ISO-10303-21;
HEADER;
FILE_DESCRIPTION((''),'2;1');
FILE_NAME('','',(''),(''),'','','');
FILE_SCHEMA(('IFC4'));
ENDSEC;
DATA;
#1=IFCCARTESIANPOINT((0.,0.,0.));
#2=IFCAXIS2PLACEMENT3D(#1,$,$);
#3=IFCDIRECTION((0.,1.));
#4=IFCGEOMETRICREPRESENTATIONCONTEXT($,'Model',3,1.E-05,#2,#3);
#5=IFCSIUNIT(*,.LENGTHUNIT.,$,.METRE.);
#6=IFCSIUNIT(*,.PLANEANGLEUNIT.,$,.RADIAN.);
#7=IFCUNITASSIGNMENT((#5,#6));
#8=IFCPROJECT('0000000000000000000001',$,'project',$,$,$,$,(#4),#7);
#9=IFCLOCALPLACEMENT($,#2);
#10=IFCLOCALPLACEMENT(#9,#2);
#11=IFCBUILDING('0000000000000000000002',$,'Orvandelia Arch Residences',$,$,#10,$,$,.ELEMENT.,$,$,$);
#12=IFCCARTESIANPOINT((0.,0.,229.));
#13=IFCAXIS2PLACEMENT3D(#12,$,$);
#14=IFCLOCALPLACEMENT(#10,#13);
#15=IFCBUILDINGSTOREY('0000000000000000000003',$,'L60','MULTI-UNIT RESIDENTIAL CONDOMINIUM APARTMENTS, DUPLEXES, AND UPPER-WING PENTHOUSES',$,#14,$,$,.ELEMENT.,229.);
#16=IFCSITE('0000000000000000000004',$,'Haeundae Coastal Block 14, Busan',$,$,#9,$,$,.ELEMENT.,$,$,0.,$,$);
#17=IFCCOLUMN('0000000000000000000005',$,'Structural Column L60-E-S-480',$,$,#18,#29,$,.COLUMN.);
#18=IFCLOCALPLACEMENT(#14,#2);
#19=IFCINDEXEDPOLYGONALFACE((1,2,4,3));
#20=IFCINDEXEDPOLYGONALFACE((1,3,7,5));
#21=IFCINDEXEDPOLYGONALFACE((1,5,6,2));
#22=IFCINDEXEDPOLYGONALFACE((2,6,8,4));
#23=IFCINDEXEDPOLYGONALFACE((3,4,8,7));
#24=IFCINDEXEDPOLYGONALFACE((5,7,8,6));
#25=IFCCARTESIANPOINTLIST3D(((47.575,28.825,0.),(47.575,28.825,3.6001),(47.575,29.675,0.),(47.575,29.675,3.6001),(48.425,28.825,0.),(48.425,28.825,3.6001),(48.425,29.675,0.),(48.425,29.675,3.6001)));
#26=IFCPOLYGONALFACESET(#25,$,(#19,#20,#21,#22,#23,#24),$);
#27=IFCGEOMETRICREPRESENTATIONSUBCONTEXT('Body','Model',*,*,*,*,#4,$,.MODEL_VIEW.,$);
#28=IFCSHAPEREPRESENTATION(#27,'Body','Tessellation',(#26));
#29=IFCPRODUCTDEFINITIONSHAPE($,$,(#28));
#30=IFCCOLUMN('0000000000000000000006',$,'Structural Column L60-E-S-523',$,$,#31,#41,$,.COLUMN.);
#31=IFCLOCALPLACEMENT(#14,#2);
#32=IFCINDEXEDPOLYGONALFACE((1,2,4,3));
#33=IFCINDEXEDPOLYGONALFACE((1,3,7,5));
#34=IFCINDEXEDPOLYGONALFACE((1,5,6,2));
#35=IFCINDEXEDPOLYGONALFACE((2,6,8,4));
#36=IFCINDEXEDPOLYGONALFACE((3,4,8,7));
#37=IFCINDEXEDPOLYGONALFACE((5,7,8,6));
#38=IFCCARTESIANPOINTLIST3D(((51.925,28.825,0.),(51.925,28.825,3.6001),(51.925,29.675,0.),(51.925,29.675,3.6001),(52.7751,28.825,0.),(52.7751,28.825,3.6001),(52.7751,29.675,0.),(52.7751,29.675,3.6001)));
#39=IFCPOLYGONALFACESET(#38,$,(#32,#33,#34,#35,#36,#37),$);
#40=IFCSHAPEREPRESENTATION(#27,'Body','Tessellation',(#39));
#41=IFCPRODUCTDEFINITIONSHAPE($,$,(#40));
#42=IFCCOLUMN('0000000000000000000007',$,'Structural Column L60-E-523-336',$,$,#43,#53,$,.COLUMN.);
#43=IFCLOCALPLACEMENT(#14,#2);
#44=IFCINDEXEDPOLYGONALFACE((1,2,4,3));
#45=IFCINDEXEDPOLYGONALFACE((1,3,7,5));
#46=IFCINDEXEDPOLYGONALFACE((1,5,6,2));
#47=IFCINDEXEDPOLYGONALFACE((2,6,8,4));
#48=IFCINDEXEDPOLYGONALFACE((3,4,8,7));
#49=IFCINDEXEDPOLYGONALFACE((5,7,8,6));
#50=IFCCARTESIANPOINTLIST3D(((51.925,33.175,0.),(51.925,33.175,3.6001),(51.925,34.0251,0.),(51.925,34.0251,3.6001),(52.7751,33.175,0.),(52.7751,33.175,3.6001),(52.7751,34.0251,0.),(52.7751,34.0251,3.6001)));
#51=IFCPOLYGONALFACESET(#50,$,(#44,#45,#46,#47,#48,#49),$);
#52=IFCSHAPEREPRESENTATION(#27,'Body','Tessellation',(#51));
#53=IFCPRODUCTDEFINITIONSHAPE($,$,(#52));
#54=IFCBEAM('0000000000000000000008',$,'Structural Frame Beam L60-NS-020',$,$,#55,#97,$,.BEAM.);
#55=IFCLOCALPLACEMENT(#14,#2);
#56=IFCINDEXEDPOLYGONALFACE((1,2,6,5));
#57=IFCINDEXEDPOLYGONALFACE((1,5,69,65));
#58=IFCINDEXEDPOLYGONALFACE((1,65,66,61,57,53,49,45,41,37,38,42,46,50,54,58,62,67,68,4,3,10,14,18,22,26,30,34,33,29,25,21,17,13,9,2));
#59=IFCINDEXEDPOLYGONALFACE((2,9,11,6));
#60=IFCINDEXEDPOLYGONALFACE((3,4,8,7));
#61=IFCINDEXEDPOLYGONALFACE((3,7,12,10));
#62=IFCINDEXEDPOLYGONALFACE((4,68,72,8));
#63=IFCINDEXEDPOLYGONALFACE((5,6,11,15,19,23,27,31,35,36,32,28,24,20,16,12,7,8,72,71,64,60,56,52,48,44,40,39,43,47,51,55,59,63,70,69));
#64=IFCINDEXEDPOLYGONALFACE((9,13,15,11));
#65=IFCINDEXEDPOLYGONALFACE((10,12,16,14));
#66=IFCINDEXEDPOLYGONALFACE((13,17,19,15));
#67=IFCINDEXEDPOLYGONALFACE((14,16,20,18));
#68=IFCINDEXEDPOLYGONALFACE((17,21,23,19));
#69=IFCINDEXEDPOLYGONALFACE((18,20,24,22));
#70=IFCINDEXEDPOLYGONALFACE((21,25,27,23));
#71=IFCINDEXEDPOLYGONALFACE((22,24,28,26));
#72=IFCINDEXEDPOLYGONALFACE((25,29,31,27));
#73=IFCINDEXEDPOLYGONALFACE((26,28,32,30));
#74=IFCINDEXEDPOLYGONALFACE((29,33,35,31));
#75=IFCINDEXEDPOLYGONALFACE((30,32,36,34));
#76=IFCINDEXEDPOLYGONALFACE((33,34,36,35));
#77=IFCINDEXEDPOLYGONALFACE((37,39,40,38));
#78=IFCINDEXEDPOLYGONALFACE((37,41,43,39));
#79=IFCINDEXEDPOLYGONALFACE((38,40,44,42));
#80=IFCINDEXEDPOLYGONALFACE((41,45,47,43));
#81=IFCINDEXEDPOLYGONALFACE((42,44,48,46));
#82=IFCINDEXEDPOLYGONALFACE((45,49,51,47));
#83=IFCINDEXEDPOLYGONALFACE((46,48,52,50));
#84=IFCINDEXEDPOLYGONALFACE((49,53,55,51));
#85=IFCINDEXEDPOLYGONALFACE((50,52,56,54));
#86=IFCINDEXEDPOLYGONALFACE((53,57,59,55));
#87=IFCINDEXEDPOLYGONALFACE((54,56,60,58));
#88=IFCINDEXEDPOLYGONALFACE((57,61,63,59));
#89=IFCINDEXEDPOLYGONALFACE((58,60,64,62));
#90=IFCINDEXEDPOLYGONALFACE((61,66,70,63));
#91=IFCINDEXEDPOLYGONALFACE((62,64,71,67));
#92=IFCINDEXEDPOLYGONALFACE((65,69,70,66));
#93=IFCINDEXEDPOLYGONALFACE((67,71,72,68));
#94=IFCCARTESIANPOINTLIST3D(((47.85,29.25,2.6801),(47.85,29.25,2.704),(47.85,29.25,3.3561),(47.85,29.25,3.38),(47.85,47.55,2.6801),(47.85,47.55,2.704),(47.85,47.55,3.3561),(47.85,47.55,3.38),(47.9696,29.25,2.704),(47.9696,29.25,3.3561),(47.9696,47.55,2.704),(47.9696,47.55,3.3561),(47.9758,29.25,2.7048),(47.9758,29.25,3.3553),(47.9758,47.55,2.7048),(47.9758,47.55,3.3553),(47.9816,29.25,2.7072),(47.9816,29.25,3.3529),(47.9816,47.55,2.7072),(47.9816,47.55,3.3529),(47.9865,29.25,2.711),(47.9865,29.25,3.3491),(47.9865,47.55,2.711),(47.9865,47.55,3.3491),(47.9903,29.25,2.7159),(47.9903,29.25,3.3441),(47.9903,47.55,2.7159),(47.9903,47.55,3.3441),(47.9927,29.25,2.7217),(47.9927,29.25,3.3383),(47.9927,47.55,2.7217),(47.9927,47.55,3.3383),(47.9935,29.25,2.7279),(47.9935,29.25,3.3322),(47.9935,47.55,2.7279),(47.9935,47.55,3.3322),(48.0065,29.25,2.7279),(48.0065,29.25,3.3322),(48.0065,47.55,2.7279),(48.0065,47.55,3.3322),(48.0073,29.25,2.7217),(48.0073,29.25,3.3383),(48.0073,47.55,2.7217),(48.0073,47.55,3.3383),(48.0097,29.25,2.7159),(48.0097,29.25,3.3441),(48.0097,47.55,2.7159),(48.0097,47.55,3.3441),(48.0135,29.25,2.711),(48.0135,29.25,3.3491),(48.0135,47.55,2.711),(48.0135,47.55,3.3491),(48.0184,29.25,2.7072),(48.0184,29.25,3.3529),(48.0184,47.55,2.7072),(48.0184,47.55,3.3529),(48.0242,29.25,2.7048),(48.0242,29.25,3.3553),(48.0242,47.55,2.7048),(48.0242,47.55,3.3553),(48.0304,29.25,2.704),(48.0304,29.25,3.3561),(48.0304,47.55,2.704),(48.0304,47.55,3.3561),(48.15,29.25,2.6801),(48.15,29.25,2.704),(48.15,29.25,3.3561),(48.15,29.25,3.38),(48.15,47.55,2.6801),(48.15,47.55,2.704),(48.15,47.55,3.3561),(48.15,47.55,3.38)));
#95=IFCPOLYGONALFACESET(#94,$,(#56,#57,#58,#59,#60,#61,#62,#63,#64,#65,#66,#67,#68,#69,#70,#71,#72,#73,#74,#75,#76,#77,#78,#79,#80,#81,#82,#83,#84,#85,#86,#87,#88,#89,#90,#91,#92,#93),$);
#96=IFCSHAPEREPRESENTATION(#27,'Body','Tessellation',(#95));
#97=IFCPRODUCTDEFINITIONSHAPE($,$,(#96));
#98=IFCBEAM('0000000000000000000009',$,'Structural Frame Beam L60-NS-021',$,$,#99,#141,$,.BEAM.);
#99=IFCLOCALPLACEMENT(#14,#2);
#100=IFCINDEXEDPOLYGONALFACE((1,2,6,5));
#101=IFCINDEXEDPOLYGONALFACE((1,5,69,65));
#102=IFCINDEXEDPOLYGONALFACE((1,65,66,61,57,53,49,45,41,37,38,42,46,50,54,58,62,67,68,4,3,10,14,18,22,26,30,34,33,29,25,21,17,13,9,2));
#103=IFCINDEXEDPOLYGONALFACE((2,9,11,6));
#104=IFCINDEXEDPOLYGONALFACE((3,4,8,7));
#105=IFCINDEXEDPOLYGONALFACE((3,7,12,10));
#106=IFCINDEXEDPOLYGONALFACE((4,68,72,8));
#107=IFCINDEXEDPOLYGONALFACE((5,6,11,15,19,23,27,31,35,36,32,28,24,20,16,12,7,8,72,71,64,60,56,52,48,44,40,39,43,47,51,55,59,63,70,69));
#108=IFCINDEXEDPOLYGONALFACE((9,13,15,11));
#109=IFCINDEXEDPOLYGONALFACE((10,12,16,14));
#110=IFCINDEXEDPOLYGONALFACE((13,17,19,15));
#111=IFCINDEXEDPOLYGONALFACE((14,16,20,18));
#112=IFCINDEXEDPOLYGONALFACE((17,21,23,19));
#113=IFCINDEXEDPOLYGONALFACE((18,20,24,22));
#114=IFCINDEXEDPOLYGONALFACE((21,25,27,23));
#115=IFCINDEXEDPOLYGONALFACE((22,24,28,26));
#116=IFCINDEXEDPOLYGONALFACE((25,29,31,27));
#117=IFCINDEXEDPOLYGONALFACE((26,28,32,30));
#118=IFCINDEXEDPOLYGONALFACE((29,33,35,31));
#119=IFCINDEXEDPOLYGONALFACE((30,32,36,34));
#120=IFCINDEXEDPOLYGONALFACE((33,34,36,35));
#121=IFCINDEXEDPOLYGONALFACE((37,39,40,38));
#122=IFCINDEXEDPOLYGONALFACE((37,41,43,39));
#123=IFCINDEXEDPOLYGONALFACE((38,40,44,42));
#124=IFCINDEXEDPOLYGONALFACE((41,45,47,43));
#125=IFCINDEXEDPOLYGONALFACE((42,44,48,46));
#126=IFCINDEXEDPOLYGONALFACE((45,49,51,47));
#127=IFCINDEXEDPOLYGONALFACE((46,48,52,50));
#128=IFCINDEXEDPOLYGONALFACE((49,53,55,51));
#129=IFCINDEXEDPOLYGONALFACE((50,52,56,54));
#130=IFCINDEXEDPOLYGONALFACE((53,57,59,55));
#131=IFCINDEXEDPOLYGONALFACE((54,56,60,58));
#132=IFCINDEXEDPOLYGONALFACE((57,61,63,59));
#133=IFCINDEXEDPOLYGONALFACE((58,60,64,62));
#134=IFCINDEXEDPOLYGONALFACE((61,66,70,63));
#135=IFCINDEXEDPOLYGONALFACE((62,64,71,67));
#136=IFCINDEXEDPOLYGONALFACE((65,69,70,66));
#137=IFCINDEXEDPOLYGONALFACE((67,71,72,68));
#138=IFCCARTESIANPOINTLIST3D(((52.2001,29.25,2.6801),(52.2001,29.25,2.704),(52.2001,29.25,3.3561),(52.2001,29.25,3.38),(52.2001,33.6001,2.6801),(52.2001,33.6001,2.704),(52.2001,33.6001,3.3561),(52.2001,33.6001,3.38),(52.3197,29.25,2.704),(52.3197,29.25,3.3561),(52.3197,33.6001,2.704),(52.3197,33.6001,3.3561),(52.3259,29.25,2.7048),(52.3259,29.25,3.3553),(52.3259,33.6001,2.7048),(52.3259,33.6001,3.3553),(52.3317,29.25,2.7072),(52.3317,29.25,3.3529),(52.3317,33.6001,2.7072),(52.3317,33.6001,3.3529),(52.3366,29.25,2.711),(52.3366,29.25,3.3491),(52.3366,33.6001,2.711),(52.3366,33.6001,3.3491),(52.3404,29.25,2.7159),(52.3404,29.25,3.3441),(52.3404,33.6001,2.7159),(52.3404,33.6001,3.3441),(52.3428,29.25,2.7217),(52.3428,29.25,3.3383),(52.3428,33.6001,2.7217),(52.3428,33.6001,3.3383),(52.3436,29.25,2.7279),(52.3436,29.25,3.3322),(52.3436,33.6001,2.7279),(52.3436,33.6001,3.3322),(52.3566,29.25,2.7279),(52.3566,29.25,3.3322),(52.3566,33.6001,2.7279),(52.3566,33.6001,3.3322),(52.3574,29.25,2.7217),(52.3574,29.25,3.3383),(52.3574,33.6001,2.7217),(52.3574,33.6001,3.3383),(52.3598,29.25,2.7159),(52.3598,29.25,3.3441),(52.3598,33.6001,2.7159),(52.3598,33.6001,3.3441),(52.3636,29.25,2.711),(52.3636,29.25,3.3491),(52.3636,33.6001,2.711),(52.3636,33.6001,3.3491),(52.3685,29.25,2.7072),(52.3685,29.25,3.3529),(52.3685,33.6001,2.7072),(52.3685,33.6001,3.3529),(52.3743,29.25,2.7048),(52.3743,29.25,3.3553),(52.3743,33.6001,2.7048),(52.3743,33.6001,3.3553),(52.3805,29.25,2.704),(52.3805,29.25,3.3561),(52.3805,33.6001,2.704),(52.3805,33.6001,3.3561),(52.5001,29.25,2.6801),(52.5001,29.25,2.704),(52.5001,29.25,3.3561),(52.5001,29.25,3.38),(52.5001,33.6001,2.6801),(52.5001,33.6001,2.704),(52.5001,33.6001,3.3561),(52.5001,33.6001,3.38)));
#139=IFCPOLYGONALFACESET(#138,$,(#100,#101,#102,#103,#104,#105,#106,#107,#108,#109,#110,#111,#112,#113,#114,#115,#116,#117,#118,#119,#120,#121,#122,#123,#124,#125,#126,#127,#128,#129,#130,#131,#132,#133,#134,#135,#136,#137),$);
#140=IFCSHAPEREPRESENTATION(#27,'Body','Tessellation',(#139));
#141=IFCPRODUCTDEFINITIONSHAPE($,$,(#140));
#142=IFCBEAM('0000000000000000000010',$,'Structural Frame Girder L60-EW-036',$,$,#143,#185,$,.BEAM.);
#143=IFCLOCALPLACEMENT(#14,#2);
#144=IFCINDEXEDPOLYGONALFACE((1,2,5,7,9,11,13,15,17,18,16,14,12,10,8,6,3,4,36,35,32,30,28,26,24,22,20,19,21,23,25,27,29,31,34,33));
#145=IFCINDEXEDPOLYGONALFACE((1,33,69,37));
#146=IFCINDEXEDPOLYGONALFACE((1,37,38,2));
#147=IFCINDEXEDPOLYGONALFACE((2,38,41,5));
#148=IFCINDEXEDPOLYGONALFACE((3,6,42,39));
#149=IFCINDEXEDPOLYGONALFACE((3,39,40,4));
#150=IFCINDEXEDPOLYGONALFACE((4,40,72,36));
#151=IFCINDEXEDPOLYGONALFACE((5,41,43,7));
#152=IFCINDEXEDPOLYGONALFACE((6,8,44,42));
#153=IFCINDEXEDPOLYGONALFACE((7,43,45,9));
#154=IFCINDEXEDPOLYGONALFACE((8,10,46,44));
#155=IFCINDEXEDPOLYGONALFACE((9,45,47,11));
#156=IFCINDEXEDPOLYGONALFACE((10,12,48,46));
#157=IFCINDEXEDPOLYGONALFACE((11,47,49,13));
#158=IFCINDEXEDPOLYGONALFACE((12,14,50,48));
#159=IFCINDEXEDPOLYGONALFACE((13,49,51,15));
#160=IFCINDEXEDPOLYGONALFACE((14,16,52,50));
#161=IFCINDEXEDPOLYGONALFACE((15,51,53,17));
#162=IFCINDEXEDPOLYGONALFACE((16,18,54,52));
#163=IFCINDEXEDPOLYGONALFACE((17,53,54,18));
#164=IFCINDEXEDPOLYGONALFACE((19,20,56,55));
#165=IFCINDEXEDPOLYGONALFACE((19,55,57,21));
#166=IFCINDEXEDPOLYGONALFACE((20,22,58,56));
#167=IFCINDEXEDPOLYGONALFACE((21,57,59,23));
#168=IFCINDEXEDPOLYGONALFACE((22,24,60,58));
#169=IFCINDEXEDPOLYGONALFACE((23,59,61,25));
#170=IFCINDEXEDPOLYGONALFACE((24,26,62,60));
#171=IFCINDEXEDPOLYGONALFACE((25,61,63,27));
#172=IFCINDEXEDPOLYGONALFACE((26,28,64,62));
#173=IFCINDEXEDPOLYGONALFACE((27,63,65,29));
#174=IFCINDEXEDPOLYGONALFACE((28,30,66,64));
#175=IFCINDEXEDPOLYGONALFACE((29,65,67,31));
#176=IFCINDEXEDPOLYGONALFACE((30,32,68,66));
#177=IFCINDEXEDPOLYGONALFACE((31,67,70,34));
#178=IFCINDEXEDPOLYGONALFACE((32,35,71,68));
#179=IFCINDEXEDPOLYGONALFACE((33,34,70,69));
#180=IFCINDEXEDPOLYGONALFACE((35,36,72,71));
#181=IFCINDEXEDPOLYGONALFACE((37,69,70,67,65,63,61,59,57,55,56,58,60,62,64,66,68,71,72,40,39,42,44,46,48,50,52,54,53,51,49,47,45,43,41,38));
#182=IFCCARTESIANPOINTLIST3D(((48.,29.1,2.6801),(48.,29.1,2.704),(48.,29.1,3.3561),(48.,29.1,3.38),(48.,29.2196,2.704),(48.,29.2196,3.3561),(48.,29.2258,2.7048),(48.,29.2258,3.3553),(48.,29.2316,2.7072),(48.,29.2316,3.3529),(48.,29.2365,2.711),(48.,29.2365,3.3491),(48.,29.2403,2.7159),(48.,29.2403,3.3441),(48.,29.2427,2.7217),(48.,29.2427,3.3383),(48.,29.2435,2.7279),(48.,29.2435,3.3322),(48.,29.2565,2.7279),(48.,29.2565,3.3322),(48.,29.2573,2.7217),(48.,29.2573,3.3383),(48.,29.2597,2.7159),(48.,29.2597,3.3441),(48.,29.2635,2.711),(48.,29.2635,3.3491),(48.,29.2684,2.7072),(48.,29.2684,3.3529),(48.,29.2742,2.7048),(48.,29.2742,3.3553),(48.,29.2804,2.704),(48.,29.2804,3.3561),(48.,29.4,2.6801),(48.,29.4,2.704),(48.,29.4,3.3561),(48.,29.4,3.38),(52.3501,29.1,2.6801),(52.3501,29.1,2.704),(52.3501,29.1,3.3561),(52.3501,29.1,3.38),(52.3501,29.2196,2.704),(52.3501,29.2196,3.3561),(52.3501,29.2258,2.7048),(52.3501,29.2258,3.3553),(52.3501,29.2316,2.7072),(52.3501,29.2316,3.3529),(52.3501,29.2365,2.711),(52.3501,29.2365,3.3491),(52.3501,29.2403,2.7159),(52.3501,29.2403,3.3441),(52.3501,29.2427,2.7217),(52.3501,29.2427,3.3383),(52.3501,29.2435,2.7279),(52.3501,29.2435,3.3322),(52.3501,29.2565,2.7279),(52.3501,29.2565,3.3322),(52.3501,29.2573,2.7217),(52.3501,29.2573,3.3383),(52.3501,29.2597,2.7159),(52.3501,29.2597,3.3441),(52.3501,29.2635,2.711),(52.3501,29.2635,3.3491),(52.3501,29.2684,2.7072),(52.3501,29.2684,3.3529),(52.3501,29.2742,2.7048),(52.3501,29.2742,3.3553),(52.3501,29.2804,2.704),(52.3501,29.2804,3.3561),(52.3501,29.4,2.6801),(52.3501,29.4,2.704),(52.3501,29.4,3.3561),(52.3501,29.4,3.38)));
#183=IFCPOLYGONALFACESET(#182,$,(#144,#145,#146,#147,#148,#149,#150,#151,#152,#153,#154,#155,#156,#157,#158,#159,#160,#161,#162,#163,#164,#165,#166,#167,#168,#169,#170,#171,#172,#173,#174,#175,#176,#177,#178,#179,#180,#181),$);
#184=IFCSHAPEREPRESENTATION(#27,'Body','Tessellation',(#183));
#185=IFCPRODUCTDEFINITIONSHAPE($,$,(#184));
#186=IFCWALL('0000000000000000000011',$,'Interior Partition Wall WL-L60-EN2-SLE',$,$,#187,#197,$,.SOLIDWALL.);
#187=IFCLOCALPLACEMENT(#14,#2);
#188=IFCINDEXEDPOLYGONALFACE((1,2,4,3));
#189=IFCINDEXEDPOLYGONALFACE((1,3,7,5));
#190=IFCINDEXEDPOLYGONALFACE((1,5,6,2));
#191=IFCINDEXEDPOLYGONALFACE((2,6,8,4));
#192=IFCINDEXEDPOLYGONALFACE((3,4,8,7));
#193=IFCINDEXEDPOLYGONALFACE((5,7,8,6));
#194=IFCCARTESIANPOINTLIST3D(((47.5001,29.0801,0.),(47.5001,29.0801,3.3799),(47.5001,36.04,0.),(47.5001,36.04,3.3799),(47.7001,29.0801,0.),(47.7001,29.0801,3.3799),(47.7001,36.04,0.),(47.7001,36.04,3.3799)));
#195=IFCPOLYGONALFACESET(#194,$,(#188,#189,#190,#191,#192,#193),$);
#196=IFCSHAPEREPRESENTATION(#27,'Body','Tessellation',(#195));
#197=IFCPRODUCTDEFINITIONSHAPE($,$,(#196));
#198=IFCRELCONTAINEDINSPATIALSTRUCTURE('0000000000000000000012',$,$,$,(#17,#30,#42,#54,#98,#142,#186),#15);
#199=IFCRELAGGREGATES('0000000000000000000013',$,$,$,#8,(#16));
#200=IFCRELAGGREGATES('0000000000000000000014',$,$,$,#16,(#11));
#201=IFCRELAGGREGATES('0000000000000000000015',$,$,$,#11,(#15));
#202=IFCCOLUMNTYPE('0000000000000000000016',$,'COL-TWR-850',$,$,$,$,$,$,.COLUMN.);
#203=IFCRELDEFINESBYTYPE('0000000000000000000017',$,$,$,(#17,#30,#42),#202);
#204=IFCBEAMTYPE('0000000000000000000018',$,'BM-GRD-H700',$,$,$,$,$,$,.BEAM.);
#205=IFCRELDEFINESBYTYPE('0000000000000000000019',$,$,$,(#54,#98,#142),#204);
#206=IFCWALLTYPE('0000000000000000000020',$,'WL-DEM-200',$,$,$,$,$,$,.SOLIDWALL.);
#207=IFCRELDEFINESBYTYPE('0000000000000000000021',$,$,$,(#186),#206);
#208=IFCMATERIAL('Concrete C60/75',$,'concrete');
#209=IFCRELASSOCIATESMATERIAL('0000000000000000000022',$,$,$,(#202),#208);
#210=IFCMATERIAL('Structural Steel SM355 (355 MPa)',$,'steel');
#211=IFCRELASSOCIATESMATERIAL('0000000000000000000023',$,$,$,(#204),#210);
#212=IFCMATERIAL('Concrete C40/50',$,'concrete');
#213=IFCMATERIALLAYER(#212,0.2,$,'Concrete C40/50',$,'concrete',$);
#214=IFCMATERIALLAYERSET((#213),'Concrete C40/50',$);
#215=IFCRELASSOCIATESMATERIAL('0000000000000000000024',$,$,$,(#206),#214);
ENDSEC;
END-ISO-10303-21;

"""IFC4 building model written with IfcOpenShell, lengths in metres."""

from ifc_helpers import new_model, si_unit, direction, frame, frame_2d, origin, origin_2d, place, context, subcontext, project, spatial, rectangle, i_section, extrude, material, layer, layer_set, material_profile, profile_set, type_object, element, save


model = new_model("IFC4")

# Units and contexts
model_context = context("Model", 3, precision=1e-05, world=origin(), true_north=direction((0.0, 1.0)))
body_context = subcontext(model_context, "Body", "Model", "MODEL_VIEW")
ifc_project = project(units=[si_unit("LENGTHUNIT", "METRE"), si_unit("PLANEANGLEUNIT", "RADIAN")], contexts=[model_context])

# Site, building, storey
site_placement = place(None, origin())
site = spatial("IfcSite", under=ifc_project, at=site_placement, Name="Haeundae Coastal Block 14, Busan", CompositionType="ELEMENT", RefElevation=0.0)
building_placement = place(site_placement, origin())
building = spatial("IfcBuilding", under=site, at=building_placement, Name="Orvandelia Arch Residences", CompositionType="ELEMENT")
storey_placement = place(building_placement, frame((0.0, 0.0, 229.0)))
storey = spatial("IfcBuildingStorey", under=building, at=storey_placement, Name="L60", Description="MULTI-UNIT RESIDENTIAL CONDOMINIUM APARTMENTS, DUPLEXES, AND UPPER-WING PENTHOUSES", CompositionType="ELEMENT", Elevation=229.0)

# Columns
ifc_material_1 = material(Name="Concrete C60/75", Category="concrete")
ifc_material_profile_1 = material_profile(ifc_material_1, rectangle(XDim=0.8501, YDim=0.8501, at=origin_2d()), Name="Concrete C60/75", Category="concrete")
ifc_profile_set_1 = profile_set([ifc_material_profile_1], Name="Concrete C60/75")
column_type = type_object("IfcColumnType", Name="COL-TWR-850", PredefinedType="COLUMN", material=ifc_profile_set_1)
for number, where, z_axis, x_axis, name in (
    (1, (48.0, 29.25, 0.0), (0.0, 0.0, 1.0), (1.0, 0.0, 0.0), "Structural Column L60-E-S-480"),
    (2, (52.3501, 29.25, 0.0), (0.0, 0.0, 1.0), (1.0, 0.0, 0.0), "Structural Column L60-E-S-523"),
    (3, (52.3501, 33.6001, 0.0), (0.0, 0.0, 1.0), (1.0, 0.0, 0.0), "Structural Column L60-E-523-336"),
):
    element("IfcColumn", number, at=place(storey_placement, frame(where, z_axis=z_axis, x_axis=x_axis)), inside=storey, type_object=column_type, Name=name, PredefinedType="COLUMN", context=body_context, shape_type="SweptSolid", body=[
        extrude(rectangle(XDim=0.8501, YDim=0.8501, at=origin_2d()), origin(), (0.0, 0.0, 1.0), 3.6001),
    ])

# Beams
ifc_material_2 = material(Name="Structural Steel SM355 (355 MPa)", Category="steel")
ifc_material_profile_2 = material_profile(ifc_material_2, i_section(OverallWidth=0.3, OverallDepth=0.7, WebThickness=0.0129, FlangeThickness=0.0239, FilletRadius=0.0239, at=origin_2d()), Name="Structural Steel SM355 (355 MPa)", Category="steel")
ifc_profile_set_2 = profile_set([ifc_material_profile_2], Name="Structural Steel SM355 (355 MPa)")
beam_type = type_object("IfcBeamType", Name="BM-GRD-H700", PredefinedType="BEAM", material=ifc_profile_set_2)
beam_placement = place(storey_placement, frame((48.0, 29.25, 3.03), z_axis=(0.0, 1.0, 0.0), x_axis=(-1.0, 0.0, 0.0)))
element("IfcBeam", 4, at=beam_placement, inside=storey, type_object=beam_type, Name="Structural Frame Beam L60-NS-020", PredefinedType="BEAM", context=body_context, shape_type="SweptSolid", body=[
    extrude(i_section(OverallWidth=0.3, OverallDepth=0.7, WebThickness=0.0129, FlangeThickness=0.0239, FilletRadius=0.0239, at=origin_2d()), origin(), (0.0, 0.0, 1.0), 18.3),
])
for number, where, z_axis, x_axis, name in (
    (5, (52.3501, 29.25, 3.03), (0.0, 1.0, 0.0), (-1.0, 0.0, 0.0), "Structural Frame Beam L60-NS-021"),
    (6, (48.0, 29.25, 3.03), (1.0, 0.0, 0.0), (0.0, 1.0, 0.0), "Structural Frame Girder L60-EW-036"),
):
    element("IfcBeam", number, at=place(storey_placement, frame(where, z_axis=z_axis, x_axis=x_axis)), inside=storey, type_object=beam_type, Name=name, PredefinedType="BEAM", context=body_context, shape_type="SweptSolid", body=[
        extrude(i_section(OverallWidth=0.3, OverallDepth=0.7, WebThickness=0.0129, FlangeThickness=0.0239, FilletRadius=0.0239, at=origin_2d()), origin(), (0.0, 0.0, 1.0), 4.3501),
    ])

# Wall
ifc_material_3 = material(Name="Concrete C40/50", Category="concrete")
ifc_layer_1 = layer(ifc_material_3, 0.2, Name="Concrete C40/50", Category="concrete")
ifc_layer_set_1 = layer_set([ifc_layer_1], Name="Concrete C40/50")
wall_type_1 = type_object("IfcWallType", Name="WL-DEM-200", PredefinedType="SOLIDWALL", material=ifc_layer_set_1)
wall_1_placement = place(storey_placement, frame((47.6001, 29.0801, 0.0), z_axis=(0.0, 0.0, 1.0), x_axis=(0.0, 1.0, 0.0)))
element("IfcWall", 7, at=wall_1_placement, inside=storey, type_object=wall_type_1, Name="Interior Partition Wall WL-L60-EN2-SLE", PredefinedType="SOLIDWALL", context=body_context, shape_type="SweptSolid", body=[
    extrude(rectangle(XDim=6.96, YDim=0.2, at=frame_2d((3.48, 0.0))), origin(), (0.0, 0.0, 1.0), 3.3799),
])

save(model, "model.ifc")
